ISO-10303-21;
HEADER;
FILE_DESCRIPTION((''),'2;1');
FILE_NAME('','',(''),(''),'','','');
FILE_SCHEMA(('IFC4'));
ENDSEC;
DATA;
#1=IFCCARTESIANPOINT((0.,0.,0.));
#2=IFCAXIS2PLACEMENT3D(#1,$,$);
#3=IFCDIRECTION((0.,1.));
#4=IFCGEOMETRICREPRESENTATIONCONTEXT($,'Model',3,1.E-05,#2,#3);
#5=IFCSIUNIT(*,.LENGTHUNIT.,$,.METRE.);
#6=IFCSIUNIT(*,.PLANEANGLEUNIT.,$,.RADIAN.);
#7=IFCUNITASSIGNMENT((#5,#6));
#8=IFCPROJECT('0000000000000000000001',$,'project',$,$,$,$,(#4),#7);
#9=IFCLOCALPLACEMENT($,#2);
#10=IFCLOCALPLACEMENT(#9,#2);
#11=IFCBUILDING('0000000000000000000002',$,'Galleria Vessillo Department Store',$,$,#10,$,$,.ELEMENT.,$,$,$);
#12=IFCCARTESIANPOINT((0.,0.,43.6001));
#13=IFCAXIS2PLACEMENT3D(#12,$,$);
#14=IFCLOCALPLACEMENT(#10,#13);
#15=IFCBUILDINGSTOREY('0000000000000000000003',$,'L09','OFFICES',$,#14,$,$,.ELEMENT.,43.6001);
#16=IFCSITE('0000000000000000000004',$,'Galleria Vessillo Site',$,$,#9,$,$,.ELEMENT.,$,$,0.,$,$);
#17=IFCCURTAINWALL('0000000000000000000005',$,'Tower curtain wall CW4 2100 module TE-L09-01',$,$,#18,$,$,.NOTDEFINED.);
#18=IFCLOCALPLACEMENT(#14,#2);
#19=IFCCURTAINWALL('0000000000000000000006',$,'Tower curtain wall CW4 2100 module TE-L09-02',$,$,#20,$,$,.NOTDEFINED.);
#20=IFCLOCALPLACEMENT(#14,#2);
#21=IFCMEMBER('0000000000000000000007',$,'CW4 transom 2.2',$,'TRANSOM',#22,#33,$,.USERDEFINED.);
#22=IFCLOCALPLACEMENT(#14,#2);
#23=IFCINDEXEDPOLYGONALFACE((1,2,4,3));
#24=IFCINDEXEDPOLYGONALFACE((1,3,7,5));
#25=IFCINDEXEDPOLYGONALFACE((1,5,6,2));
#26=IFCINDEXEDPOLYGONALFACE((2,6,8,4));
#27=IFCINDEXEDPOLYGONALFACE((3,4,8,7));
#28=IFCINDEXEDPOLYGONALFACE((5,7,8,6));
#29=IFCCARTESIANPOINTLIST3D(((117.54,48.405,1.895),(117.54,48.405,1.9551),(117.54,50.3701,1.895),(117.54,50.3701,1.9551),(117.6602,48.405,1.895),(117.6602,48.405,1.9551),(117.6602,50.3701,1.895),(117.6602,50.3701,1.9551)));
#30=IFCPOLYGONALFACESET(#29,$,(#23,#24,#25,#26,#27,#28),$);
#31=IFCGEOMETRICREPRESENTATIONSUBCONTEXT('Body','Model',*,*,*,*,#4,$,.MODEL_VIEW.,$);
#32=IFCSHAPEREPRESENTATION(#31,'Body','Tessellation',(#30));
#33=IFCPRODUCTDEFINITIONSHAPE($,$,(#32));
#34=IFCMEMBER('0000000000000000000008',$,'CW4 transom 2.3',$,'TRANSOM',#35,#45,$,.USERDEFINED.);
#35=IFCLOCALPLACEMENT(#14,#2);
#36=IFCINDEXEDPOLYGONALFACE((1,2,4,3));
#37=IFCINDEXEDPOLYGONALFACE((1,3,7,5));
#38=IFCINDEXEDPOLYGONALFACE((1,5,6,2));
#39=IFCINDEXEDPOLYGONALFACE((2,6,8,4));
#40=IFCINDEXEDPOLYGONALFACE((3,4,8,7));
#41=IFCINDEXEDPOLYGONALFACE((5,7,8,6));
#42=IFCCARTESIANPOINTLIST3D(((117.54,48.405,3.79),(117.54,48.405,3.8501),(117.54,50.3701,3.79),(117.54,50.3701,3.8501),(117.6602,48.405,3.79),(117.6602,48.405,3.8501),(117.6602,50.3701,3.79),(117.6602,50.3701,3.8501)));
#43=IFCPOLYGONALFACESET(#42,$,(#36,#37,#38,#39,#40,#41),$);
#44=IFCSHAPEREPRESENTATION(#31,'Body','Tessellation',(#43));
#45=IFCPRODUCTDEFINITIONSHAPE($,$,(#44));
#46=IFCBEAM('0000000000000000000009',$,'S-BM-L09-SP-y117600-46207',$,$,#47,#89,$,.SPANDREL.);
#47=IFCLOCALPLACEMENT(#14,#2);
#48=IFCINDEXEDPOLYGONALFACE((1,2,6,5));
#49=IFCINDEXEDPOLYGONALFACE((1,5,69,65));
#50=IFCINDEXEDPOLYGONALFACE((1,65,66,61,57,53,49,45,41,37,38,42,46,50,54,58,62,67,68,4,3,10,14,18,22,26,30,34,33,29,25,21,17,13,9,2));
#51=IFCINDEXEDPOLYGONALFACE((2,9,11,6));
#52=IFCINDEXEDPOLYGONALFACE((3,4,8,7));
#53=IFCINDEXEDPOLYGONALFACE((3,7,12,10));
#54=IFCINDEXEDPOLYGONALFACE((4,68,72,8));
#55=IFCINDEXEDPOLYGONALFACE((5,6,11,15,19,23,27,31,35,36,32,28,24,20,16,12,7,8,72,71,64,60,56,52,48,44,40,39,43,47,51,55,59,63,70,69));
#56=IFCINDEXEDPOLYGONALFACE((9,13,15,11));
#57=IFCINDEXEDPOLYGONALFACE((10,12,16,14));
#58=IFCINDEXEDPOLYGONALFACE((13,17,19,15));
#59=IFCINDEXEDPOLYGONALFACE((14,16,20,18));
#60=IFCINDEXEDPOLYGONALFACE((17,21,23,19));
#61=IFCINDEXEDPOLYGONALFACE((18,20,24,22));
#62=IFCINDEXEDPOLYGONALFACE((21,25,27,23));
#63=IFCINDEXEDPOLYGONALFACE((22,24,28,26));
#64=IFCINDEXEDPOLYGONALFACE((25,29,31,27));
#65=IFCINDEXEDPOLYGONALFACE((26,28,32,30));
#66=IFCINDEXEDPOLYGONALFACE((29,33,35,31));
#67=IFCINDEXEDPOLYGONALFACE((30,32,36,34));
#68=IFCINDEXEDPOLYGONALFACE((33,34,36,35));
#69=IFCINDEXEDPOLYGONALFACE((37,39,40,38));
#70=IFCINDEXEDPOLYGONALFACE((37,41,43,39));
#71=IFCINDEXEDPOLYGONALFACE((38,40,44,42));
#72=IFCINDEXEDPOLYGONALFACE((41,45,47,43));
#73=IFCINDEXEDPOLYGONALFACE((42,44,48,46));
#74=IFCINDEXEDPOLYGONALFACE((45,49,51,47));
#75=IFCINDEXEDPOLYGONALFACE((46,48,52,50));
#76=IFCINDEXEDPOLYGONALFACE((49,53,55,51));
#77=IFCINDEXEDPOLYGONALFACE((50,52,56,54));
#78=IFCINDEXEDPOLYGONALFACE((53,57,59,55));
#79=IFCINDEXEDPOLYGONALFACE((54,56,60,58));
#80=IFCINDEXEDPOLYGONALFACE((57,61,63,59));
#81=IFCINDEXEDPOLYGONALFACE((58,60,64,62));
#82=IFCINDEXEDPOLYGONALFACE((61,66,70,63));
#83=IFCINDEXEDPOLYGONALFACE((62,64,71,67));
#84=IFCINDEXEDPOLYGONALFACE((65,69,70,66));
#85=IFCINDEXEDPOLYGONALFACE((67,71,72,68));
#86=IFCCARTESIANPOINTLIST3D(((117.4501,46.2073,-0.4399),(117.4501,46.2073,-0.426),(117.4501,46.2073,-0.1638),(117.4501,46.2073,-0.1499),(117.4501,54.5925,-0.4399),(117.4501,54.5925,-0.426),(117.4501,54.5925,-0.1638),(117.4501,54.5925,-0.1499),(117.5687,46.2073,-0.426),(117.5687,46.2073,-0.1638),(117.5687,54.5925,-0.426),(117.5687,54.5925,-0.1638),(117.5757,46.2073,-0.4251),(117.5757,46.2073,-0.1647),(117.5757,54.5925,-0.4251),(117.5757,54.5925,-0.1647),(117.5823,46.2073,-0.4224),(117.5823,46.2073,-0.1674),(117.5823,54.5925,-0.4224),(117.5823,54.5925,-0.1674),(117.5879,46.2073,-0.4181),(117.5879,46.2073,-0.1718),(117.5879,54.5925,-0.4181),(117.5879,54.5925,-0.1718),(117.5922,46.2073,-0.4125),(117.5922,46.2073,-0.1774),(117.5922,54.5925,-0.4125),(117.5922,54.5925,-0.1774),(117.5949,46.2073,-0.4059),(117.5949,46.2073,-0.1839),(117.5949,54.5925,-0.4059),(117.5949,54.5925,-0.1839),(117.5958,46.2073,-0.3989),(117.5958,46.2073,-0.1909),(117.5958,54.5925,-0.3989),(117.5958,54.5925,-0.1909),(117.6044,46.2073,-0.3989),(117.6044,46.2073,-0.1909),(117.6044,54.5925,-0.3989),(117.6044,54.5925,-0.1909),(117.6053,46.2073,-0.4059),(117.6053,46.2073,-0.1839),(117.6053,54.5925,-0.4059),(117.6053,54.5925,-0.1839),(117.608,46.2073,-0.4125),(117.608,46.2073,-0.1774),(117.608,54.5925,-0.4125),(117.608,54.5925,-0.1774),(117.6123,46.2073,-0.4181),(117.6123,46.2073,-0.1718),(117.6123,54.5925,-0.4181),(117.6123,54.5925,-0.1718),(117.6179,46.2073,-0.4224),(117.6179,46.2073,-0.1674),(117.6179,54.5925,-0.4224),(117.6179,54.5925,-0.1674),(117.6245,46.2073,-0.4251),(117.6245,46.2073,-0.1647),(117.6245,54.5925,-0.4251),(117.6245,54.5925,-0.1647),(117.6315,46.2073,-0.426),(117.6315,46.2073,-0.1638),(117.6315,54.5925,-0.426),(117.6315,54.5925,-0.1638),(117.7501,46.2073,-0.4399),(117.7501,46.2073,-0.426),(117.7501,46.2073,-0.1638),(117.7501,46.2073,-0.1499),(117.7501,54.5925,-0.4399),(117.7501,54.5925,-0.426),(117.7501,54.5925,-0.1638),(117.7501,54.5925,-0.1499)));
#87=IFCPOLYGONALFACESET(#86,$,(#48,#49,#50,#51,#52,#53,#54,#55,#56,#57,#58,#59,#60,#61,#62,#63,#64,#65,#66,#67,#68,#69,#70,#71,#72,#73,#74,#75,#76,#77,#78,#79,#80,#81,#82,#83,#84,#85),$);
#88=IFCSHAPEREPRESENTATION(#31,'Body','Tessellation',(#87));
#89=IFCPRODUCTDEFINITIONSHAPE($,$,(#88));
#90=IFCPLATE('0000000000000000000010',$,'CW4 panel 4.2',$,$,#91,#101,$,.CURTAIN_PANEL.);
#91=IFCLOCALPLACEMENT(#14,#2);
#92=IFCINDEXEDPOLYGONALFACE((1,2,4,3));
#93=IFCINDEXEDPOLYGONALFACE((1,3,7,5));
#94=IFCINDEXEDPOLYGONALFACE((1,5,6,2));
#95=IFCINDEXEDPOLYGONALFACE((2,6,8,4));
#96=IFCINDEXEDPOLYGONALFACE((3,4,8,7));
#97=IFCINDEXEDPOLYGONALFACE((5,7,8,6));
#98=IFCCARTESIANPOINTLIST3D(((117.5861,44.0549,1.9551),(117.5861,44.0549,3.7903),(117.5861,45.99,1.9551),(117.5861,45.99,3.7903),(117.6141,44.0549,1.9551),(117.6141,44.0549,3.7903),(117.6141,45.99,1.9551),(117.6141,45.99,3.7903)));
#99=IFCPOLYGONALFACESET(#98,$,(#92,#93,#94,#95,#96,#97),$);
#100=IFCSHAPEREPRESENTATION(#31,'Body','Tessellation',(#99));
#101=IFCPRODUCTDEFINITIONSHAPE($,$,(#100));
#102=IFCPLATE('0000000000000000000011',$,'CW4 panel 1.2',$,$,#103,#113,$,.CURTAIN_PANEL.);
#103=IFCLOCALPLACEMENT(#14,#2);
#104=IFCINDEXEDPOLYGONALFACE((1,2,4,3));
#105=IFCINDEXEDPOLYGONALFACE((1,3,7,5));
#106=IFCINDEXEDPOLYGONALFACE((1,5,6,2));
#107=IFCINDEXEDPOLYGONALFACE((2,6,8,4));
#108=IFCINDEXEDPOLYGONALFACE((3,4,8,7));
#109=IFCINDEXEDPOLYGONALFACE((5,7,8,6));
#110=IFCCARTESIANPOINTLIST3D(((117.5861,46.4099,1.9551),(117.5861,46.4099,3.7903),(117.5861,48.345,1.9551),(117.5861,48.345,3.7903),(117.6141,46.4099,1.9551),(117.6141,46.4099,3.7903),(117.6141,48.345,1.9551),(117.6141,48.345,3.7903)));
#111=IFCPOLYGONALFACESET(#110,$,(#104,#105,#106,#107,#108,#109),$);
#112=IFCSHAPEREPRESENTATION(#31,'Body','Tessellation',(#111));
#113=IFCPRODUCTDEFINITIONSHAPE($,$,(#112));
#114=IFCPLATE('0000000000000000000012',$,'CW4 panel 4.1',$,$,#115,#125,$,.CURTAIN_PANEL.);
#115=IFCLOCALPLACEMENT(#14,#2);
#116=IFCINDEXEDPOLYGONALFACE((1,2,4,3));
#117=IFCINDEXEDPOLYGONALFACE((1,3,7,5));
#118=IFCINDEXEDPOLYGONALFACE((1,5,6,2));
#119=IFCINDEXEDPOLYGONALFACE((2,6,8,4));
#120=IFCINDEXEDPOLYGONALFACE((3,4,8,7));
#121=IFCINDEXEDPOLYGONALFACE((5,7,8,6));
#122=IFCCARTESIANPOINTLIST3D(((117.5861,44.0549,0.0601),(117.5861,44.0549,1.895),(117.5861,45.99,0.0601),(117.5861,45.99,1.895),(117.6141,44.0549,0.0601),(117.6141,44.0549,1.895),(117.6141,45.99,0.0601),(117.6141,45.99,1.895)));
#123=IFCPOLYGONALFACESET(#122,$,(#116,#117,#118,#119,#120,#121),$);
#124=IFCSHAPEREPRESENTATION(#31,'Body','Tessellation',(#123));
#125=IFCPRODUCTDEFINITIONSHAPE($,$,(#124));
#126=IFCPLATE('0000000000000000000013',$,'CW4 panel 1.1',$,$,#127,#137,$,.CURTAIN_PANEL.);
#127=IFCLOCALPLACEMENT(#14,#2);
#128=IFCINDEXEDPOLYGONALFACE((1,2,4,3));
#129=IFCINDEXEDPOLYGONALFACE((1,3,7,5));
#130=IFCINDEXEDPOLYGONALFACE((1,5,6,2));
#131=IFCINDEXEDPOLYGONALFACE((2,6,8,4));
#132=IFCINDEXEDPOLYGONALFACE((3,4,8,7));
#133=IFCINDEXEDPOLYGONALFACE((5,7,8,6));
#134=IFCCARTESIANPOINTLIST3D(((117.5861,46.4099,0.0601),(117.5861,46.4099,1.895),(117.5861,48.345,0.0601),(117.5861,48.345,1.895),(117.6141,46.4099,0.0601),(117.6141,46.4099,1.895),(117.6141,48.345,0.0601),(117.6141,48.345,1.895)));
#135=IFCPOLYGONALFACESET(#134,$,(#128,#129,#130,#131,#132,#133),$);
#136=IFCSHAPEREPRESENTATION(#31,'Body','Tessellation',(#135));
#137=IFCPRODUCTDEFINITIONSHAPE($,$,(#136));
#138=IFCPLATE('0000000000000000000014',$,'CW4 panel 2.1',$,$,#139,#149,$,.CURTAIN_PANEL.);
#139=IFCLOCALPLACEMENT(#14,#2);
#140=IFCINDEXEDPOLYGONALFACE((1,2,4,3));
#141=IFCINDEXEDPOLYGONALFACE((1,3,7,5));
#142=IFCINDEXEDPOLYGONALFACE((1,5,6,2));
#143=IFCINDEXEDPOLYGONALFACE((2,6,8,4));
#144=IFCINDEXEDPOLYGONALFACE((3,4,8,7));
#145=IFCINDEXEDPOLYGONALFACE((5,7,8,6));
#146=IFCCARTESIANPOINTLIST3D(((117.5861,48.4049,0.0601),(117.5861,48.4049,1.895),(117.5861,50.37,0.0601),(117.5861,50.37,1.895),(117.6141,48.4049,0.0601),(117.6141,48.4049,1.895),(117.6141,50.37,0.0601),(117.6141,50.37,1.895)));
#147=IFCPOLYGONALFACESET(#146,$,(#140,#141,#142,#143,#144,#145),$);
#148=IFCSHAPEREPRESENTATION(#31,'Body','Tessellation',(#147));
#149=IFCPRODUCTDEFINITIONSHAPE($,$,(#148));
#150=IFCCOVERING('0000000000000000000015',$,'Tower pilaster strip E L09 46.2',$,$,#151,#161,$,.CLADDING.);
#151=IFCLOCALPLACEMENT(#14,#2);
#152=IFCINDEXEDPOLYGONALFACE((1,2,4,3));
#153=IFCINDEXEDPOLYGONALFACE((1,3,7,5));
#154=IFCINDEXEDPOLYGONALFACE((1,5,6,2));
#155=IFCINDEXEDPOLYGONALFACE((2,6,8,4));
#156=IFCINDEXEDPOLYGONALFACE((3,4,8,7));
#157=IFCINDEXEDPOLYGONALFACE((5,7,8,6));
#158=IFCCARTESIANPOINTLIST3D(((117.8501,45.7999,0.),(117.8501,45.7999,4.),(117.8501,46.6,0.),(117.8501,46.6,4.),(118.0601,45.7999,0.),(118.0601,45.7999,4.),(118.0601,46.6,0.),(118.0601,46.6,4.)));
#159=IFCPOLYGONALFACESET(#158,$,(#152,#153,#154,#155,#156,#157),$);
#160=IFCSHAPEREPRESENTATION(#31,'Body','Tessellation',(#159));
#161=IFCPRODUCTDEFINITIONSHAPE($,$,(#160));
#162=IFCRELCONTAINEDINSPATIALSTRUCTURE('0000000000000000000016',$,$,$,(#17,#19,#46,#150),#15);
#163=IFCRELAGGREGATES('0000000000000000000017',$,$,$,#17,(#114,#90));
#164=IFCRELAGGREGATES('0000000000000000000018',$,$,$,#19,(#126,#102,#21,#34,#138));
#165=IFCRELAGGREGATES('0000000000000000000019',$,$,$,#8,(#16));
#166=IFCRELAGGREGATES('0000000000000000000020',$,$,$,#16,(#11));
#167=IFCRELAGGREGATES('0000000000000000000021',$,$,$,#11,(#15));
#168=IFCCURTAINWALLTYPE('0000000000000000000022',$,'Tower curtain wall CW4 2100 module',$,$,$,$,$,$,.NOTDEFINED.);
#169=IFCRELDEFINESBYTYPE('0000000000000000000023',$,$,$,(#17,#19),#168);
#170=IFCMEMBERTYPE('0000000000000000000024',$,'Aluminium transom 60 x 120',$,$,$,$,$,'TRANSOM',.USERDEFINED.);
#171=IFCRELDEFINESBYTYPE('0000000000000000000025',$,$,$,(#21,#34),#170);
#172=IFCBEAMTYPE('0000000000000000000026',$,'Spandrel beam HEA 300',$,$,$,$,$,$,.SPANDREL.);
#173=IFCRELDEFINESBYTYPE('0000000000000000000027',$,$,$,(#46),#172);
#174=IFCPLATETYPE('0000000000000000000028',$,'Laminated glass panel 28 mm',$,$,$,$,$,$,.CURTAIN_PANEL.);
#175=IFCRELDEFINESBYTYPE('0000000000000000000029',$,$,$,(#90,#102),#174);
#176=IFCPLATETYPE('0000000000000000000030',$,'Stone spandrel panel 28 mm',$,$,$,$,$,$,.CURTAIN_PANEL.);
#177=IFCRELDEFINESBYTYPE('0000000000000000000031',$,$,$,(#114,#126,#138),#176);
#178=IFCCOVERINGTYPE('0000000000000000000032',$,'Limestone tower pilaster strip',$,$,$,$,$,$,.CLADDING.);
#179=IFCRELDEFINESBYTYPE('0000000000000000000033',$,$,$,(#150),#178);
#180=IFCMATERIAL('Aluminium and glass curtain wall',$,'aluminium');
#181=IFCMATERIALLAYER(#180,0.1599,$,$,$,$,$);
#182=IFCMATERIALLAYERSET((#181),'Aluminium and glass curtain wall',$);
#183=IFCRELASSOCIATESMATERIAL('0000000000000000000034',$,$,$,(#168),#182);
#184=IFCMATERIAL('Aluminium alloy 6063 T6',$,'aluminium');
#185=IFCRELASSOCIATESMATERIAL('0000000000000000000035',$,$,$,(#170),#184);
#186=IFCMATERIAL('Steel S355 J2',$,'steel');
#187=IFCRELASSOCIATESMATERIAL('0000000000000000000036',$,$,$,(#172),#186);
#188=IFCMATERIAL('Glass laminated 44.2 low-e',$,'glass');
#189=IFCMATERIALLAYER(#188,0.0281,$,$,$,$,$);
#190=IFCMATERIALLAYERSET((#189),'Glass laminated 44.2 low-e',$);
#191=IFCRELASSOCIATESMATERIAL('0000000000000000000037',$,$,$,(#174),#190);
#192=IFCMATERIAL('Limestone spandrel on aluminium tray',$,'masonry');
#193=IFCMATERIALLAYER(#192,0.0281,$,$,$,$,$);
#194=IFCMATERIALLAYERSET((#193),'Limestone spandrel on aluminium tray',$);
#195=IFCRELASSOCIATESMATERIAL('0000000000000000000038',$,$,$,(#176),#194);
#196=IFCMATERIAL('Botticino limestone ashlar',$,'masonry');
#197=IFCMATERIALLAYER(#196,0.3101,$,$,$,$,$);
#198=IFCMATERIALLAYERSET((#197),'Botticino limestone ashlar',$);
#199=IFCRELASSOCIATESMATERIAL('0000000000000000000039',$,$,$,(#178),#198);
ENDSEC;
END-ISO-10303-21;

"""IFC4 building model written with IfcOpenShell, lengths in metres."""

from ifc_helpers import new_model, si_unit, direction, frame, origin, origin_2d, place, context, subcontext, project, spatial, rectangle, i_section, extrude, material, layer, layer_set, material_profile, profile_set, type_object, element, aggregate, save


model = new_model("IFC4")

# Units and contexts
model_context = context("Model", 3, precision=1e-05, world=origin(), true_north=direction((0.0, 1.0)))
body_context = subcontext(model_context, "Body", "Model", "MODEL_VIEW")
ifc_project = project(units=[si_unit("LENGTHUNIT", "METRE"), si_unit("PLANEANGLEUNIT", "RADIAN")], contexts=[model_context])

# Site, building, storey
site_placement = place(None, origin())
site = spatial("IfcSite", under=ifc_project, at=site_placement, Name="Galleria Vessillo Site", CompositionType="ELEMENT", RefElevation=0.0)
building_placement = place(site_placement, origin())
building = spatial("IfcBuilding", under=site, at=building_placement, Name="Galleria Vessillo Department Store", CompositionType="ELEMENT")
storey_placement = place(building_placement, frame((0.0, 0.0, 43.6001)))
storey = spatial("IfcBuildingStorey", under=building, at=storey_placement, Name="L09", Description="OFFICES", CompositionType="ELEMENT", Elevation=43.6001)

# Curtain walls
ifc_material_1 = material(Name="Aluminium and glass curtain wall", Category="aluminium")
ifc_layer_1 = layer(ifc_material_1, 0.1599)
ifc_layer_set_1 = layer_set([ifc_layer_1], Name="Aluminium and glass curtain wall")
curtain_wall_type = type_object("IfcCurtainWallType", Name="Tower curtain wall CW4 2100 module", PredefinedType="NOTDEFINED", material=ifc_layer_set_1)
curtain_wall_1_placement = place(storey_placement, origin())
curtain_wall_1 = element("IfcCurtainWall", 1, at=curtain_wall_1_placement, inside=storey, type_object=curtain_wall_type, Name="Tower curtain wall CW4 2100 module TE-L09-01", PredefinedType="NOTDEFINED")
curtain_wall_2_placement = place(storey_placement, origin())
curtain_wall_2 = element("IfcCurtainWall", 2, at=curtain_wall_2_placement, inside=storey, type_object=curtain_wall_type, Name="Tower curtain wall CW4 2100 module TE-L09-02", PredefinedType="NOTDEFINED")

# Members
ifc_material_2 = material(Name="Aluminium alloy 6063 T6", Category="aluminium")
ifc_material_profile_1 = material_profile(ifc_material_2, rectangle(XDim=0.1201, YDim=0.0601, at=origin_2d()), Name="AL 60x120")
ifc_profile_set_1 = profile_set([ifc_material_profile_1], Name="Aluminium alloy 6063 T6")
member_type_1 = type_object("IfcMemberType", Name="Aluminium transom 60 x 120", ElementType="TRANSOM", PredefinedType="USERDEFINED", material=ifc_profile_set_1)
member_1_placement = place(storey_placement, frame((117.6001, 48.405, 1.925), z_axis=(0.0, 1.0, 0.0), x_axis=(-1.0, 0.0, 0.0)))
member_1 = element("IfcMember", 3, at=member_1_placement, type_object=member_type_1, Name="CW4 transom 2.2", ObjectType="TRANSOM", PredefinedType="USERDEFINED", context=body_context, shape_type="SweptSolid", body=[
    extrude(rectangle(XDim=0.1201, YDim=0.0601, at=origin_2d()), origin(), (0.0, 0.0, 1.0), 1.9651),
])
member_2_placement = place(storey_placement, frame((117.6001, 48.405, 3.8201), z_axis=(0.0, 1.0, 0.0), x_axis=(-1.0, 0.0, 0.0)))
member_2 = element("IfcMember", 4, at=member_2_placement, type_object=member_type_1, Name="CW4 transom 2.3", ObjectType="TRANSOM", PredefinedType="USERDEFINED", context=body_context, shape_type="SweptSolid", body=[
    extrude(rectangle(XDim=0.1201, YDim=0.0601, at=origin_2d()), origin(), (0.0, 0.0, 1.0), 1.9651),
])

# Beam
ifc_material_3 = material(Name="Steel S355 J2", Category="steel")
ifc_material_profile_2 = material_profile(ifc_material_3, i_section(OverallWidth=0.3, OverallDepth=0.29, WebThickness=0.0085, FlangeThickness=0.0139, FilletRadius=0.0271, at=origin_2d()), Name="HEA 300")
ifc_profile_set_2 = profile_set([ifc_material_profile_2], Name="Steel S355 J2")
beam_type = type_object("IfcBeamType", Name="Spandrel beam HEA 300", PredefinedType="SPANDREL", material=ifc_profile_set_2)
beam_placement = place(storey_placement, frame((117.6001, 46.2073, -0.2949), z_axis=(0.0, 1.0, 0.0), x_axis=(-1.0, 0.0, 0.0)))
element("IfcBeam", 5, at=beam_placement, inside=storey, type_object=beam_type, Name="S-BM-L09-SP-y117600-46207", PredefinedType="SPANDREL", context=body_context, shape_type="SweptSolid", body=[
    extrude(i_section(OverallWidth=0.3, OverallDepth=0.29, WebThickness=0.0085, FlangeThickness=0.0139, FilletRadius=0.0271, at=origin_2d()), origin(), (0.0, 0.0, 1.0), 8.3853),
])

# Plates
ifc_material_4 = material(Name="Glass laminated 44.2 low-e", Category="glass")
ifc_layer_2 = layer(ifc_material_4, 0.0281)
ifc_layer_set_2 = layer_set([ifc_layer_2], Name="Glass laminated 44.2 low-e")
plate_type_1 = type_object("IfcPlateType", Name="Laminated glass panel 28 mm", PredefinedType="CURTAIN_PANEL", material=ifc_layer_set_2)
plate_1_placement = place(storey_placement, frame((117.6001, 45.0225, 1.9551), z_axis=(0.0, 0.0, 1.0), x_axis=(0.0, 1.0, 0.0)))
plate_1 = element("IfcPlate", 6, at=plate_1_placement, type_object=plate_type_1, Name="CW4 panel 4.2", PredefinedType="CURTAIN_PANEL", context=body_context, shape_type="SweptSolid", body=[
    extrude(rectangle(XDim=1.9351, YDim=0.0281, at=origin_2d()), origin(), (0.0, 0.0, 1.0), 1.8352),
])
plate_2_placement = place(storey_placement, frame((117.6001, 47.3774, 1.9551), z_axis=(0.0, 0.0, 1.0), x_axis=(0.0, 1.0, 0.0)))
plate_2 = element("IfcPlate", 7, at=plate_2_placement, type_object=plate_type_1, Name="CW4 panel 1.2", PredefinedType="CURTAIN_PANEL", context=body_context, shape_type="SweptSolid", body=[
    extrude(rectangle(XDim=1.9351, YDim=0.0281, at=origin_2d()), origin(), (0.0, 0.0, 1.0), 1.8352),
])
ifc_material_5 = material(Name="Limestone spandrel on aluminium tray", Category="masonry")
ifc_layer_3 = layer(ifc_material_5, 0.0281)
ifc_layer_set_3 = layer_set([ifc_layer_3], Name="Limestone spandrel on aluminium tray")
plate_type_2 = type_object("IfcPlateType", Name="Stone spandrel panel 28 mm", PredefinedType="CURTAIN_PANEL", material=ifc_layer_set_3)
plate_3_placement = place(storey_placement, frame((117.6001, 45.0225, 0.0601), z_axis=(0.0, 0.0, 1.0), x_axis=(0.0, 1.0, 0.0)))
plate_3 = element("IfcPlate", 8, at=plate_3_placement, type_object=plate_type_2, Name="CW4 panel 4.1", PredefinedType="CURTAIN_PANEL", context=body_context, shape_type="SweptSolid", body=[
    extrude(rectangle(XDim=1.9351, YDim=0.0281, at=origin_2d()), origin(), (0.0, 0.0, 1.0), 1.835),
])
aggregate(curtain_wall_1, [plate_3, plate_1])
plate_4_placement = place(storey_placement, frame((117.6001, 47.3774, 0.0601), z_axis=(0.0, 0.0, 1.0), x_axis=(0.0, 1.0, 0.0)))
plate_4 = element("IfcPlate", 9, at=plate_4_placement, type_object=plate_type_2, Name="CW4 panel 1.1", PredefinedType="CURTAIN_PANEL", context=body_context, shape_type="SweptSolid", body=[
    extrude(rectangle(XDim=1.9351, YDim=0.0281, at=origin_2d()), origin(), (0.0, 0.0, 1.0), 1.835),
])
plate_5_placement = place(storey_placement, frame((117.6001, 49.3875, 0.0601), z_axis=(0.0, 0.0, 1.0), x_axis=(0.0, 1.0, 0.0)))
plate_5 = element("IfcPlate", 10, at=plate_5_placement, type_object=plate_type_2, Name="CW4 panel 2.1", PredefinedType="CURTAIN_PANEL", context=body_context, shape_type="SweptSolid", body=[
    extrude(rectangle(XDim=1.9651, YDim=0.0281, at=origin_2d()), origin(), (0.0, 0.0, 1.0), 1.835),
])
aggregate(curtain_wall_2, [plate_4, plate_2, member_1, member_2, plate_5])

# Covering
ifc_material_6 = material(Name="Botticino limestone ashlar", Category="masonry")
ifc_layer_4 = layer(ifc_material_6, 0.3101)
ifc_layer_set_4 = layer_set([ifc_layer_4], Name="Botticino limestone ashlar")
covering_type = type_object("IfcCoveringType", Name="Limestone tower pilaster strip", PredefinedType="CLADDING", material=ifc_layer_set_4)
covering_placement = place(storey_placement, frame((117.9551, 46.2, 0.0), z_axis=(0.0, 0.0, 1.0), x_axis=(1.0, 0.0, 0.0)))
element("IfcCovering", 11, at=covering_placement, inside=storey, type_object=covering_type, Name="Tower pilaster strip E L09 46.2", PredefinedType="CLADDING", context=body_context, shape_type="SweptSolid", body=[
    extrude(rectangle(XDim=0.21, YDim=0.8, at=origin_2d()), origin(), (0.0, 0.0, 1.0), 4.0),
])

save(model, "model.ifc")
